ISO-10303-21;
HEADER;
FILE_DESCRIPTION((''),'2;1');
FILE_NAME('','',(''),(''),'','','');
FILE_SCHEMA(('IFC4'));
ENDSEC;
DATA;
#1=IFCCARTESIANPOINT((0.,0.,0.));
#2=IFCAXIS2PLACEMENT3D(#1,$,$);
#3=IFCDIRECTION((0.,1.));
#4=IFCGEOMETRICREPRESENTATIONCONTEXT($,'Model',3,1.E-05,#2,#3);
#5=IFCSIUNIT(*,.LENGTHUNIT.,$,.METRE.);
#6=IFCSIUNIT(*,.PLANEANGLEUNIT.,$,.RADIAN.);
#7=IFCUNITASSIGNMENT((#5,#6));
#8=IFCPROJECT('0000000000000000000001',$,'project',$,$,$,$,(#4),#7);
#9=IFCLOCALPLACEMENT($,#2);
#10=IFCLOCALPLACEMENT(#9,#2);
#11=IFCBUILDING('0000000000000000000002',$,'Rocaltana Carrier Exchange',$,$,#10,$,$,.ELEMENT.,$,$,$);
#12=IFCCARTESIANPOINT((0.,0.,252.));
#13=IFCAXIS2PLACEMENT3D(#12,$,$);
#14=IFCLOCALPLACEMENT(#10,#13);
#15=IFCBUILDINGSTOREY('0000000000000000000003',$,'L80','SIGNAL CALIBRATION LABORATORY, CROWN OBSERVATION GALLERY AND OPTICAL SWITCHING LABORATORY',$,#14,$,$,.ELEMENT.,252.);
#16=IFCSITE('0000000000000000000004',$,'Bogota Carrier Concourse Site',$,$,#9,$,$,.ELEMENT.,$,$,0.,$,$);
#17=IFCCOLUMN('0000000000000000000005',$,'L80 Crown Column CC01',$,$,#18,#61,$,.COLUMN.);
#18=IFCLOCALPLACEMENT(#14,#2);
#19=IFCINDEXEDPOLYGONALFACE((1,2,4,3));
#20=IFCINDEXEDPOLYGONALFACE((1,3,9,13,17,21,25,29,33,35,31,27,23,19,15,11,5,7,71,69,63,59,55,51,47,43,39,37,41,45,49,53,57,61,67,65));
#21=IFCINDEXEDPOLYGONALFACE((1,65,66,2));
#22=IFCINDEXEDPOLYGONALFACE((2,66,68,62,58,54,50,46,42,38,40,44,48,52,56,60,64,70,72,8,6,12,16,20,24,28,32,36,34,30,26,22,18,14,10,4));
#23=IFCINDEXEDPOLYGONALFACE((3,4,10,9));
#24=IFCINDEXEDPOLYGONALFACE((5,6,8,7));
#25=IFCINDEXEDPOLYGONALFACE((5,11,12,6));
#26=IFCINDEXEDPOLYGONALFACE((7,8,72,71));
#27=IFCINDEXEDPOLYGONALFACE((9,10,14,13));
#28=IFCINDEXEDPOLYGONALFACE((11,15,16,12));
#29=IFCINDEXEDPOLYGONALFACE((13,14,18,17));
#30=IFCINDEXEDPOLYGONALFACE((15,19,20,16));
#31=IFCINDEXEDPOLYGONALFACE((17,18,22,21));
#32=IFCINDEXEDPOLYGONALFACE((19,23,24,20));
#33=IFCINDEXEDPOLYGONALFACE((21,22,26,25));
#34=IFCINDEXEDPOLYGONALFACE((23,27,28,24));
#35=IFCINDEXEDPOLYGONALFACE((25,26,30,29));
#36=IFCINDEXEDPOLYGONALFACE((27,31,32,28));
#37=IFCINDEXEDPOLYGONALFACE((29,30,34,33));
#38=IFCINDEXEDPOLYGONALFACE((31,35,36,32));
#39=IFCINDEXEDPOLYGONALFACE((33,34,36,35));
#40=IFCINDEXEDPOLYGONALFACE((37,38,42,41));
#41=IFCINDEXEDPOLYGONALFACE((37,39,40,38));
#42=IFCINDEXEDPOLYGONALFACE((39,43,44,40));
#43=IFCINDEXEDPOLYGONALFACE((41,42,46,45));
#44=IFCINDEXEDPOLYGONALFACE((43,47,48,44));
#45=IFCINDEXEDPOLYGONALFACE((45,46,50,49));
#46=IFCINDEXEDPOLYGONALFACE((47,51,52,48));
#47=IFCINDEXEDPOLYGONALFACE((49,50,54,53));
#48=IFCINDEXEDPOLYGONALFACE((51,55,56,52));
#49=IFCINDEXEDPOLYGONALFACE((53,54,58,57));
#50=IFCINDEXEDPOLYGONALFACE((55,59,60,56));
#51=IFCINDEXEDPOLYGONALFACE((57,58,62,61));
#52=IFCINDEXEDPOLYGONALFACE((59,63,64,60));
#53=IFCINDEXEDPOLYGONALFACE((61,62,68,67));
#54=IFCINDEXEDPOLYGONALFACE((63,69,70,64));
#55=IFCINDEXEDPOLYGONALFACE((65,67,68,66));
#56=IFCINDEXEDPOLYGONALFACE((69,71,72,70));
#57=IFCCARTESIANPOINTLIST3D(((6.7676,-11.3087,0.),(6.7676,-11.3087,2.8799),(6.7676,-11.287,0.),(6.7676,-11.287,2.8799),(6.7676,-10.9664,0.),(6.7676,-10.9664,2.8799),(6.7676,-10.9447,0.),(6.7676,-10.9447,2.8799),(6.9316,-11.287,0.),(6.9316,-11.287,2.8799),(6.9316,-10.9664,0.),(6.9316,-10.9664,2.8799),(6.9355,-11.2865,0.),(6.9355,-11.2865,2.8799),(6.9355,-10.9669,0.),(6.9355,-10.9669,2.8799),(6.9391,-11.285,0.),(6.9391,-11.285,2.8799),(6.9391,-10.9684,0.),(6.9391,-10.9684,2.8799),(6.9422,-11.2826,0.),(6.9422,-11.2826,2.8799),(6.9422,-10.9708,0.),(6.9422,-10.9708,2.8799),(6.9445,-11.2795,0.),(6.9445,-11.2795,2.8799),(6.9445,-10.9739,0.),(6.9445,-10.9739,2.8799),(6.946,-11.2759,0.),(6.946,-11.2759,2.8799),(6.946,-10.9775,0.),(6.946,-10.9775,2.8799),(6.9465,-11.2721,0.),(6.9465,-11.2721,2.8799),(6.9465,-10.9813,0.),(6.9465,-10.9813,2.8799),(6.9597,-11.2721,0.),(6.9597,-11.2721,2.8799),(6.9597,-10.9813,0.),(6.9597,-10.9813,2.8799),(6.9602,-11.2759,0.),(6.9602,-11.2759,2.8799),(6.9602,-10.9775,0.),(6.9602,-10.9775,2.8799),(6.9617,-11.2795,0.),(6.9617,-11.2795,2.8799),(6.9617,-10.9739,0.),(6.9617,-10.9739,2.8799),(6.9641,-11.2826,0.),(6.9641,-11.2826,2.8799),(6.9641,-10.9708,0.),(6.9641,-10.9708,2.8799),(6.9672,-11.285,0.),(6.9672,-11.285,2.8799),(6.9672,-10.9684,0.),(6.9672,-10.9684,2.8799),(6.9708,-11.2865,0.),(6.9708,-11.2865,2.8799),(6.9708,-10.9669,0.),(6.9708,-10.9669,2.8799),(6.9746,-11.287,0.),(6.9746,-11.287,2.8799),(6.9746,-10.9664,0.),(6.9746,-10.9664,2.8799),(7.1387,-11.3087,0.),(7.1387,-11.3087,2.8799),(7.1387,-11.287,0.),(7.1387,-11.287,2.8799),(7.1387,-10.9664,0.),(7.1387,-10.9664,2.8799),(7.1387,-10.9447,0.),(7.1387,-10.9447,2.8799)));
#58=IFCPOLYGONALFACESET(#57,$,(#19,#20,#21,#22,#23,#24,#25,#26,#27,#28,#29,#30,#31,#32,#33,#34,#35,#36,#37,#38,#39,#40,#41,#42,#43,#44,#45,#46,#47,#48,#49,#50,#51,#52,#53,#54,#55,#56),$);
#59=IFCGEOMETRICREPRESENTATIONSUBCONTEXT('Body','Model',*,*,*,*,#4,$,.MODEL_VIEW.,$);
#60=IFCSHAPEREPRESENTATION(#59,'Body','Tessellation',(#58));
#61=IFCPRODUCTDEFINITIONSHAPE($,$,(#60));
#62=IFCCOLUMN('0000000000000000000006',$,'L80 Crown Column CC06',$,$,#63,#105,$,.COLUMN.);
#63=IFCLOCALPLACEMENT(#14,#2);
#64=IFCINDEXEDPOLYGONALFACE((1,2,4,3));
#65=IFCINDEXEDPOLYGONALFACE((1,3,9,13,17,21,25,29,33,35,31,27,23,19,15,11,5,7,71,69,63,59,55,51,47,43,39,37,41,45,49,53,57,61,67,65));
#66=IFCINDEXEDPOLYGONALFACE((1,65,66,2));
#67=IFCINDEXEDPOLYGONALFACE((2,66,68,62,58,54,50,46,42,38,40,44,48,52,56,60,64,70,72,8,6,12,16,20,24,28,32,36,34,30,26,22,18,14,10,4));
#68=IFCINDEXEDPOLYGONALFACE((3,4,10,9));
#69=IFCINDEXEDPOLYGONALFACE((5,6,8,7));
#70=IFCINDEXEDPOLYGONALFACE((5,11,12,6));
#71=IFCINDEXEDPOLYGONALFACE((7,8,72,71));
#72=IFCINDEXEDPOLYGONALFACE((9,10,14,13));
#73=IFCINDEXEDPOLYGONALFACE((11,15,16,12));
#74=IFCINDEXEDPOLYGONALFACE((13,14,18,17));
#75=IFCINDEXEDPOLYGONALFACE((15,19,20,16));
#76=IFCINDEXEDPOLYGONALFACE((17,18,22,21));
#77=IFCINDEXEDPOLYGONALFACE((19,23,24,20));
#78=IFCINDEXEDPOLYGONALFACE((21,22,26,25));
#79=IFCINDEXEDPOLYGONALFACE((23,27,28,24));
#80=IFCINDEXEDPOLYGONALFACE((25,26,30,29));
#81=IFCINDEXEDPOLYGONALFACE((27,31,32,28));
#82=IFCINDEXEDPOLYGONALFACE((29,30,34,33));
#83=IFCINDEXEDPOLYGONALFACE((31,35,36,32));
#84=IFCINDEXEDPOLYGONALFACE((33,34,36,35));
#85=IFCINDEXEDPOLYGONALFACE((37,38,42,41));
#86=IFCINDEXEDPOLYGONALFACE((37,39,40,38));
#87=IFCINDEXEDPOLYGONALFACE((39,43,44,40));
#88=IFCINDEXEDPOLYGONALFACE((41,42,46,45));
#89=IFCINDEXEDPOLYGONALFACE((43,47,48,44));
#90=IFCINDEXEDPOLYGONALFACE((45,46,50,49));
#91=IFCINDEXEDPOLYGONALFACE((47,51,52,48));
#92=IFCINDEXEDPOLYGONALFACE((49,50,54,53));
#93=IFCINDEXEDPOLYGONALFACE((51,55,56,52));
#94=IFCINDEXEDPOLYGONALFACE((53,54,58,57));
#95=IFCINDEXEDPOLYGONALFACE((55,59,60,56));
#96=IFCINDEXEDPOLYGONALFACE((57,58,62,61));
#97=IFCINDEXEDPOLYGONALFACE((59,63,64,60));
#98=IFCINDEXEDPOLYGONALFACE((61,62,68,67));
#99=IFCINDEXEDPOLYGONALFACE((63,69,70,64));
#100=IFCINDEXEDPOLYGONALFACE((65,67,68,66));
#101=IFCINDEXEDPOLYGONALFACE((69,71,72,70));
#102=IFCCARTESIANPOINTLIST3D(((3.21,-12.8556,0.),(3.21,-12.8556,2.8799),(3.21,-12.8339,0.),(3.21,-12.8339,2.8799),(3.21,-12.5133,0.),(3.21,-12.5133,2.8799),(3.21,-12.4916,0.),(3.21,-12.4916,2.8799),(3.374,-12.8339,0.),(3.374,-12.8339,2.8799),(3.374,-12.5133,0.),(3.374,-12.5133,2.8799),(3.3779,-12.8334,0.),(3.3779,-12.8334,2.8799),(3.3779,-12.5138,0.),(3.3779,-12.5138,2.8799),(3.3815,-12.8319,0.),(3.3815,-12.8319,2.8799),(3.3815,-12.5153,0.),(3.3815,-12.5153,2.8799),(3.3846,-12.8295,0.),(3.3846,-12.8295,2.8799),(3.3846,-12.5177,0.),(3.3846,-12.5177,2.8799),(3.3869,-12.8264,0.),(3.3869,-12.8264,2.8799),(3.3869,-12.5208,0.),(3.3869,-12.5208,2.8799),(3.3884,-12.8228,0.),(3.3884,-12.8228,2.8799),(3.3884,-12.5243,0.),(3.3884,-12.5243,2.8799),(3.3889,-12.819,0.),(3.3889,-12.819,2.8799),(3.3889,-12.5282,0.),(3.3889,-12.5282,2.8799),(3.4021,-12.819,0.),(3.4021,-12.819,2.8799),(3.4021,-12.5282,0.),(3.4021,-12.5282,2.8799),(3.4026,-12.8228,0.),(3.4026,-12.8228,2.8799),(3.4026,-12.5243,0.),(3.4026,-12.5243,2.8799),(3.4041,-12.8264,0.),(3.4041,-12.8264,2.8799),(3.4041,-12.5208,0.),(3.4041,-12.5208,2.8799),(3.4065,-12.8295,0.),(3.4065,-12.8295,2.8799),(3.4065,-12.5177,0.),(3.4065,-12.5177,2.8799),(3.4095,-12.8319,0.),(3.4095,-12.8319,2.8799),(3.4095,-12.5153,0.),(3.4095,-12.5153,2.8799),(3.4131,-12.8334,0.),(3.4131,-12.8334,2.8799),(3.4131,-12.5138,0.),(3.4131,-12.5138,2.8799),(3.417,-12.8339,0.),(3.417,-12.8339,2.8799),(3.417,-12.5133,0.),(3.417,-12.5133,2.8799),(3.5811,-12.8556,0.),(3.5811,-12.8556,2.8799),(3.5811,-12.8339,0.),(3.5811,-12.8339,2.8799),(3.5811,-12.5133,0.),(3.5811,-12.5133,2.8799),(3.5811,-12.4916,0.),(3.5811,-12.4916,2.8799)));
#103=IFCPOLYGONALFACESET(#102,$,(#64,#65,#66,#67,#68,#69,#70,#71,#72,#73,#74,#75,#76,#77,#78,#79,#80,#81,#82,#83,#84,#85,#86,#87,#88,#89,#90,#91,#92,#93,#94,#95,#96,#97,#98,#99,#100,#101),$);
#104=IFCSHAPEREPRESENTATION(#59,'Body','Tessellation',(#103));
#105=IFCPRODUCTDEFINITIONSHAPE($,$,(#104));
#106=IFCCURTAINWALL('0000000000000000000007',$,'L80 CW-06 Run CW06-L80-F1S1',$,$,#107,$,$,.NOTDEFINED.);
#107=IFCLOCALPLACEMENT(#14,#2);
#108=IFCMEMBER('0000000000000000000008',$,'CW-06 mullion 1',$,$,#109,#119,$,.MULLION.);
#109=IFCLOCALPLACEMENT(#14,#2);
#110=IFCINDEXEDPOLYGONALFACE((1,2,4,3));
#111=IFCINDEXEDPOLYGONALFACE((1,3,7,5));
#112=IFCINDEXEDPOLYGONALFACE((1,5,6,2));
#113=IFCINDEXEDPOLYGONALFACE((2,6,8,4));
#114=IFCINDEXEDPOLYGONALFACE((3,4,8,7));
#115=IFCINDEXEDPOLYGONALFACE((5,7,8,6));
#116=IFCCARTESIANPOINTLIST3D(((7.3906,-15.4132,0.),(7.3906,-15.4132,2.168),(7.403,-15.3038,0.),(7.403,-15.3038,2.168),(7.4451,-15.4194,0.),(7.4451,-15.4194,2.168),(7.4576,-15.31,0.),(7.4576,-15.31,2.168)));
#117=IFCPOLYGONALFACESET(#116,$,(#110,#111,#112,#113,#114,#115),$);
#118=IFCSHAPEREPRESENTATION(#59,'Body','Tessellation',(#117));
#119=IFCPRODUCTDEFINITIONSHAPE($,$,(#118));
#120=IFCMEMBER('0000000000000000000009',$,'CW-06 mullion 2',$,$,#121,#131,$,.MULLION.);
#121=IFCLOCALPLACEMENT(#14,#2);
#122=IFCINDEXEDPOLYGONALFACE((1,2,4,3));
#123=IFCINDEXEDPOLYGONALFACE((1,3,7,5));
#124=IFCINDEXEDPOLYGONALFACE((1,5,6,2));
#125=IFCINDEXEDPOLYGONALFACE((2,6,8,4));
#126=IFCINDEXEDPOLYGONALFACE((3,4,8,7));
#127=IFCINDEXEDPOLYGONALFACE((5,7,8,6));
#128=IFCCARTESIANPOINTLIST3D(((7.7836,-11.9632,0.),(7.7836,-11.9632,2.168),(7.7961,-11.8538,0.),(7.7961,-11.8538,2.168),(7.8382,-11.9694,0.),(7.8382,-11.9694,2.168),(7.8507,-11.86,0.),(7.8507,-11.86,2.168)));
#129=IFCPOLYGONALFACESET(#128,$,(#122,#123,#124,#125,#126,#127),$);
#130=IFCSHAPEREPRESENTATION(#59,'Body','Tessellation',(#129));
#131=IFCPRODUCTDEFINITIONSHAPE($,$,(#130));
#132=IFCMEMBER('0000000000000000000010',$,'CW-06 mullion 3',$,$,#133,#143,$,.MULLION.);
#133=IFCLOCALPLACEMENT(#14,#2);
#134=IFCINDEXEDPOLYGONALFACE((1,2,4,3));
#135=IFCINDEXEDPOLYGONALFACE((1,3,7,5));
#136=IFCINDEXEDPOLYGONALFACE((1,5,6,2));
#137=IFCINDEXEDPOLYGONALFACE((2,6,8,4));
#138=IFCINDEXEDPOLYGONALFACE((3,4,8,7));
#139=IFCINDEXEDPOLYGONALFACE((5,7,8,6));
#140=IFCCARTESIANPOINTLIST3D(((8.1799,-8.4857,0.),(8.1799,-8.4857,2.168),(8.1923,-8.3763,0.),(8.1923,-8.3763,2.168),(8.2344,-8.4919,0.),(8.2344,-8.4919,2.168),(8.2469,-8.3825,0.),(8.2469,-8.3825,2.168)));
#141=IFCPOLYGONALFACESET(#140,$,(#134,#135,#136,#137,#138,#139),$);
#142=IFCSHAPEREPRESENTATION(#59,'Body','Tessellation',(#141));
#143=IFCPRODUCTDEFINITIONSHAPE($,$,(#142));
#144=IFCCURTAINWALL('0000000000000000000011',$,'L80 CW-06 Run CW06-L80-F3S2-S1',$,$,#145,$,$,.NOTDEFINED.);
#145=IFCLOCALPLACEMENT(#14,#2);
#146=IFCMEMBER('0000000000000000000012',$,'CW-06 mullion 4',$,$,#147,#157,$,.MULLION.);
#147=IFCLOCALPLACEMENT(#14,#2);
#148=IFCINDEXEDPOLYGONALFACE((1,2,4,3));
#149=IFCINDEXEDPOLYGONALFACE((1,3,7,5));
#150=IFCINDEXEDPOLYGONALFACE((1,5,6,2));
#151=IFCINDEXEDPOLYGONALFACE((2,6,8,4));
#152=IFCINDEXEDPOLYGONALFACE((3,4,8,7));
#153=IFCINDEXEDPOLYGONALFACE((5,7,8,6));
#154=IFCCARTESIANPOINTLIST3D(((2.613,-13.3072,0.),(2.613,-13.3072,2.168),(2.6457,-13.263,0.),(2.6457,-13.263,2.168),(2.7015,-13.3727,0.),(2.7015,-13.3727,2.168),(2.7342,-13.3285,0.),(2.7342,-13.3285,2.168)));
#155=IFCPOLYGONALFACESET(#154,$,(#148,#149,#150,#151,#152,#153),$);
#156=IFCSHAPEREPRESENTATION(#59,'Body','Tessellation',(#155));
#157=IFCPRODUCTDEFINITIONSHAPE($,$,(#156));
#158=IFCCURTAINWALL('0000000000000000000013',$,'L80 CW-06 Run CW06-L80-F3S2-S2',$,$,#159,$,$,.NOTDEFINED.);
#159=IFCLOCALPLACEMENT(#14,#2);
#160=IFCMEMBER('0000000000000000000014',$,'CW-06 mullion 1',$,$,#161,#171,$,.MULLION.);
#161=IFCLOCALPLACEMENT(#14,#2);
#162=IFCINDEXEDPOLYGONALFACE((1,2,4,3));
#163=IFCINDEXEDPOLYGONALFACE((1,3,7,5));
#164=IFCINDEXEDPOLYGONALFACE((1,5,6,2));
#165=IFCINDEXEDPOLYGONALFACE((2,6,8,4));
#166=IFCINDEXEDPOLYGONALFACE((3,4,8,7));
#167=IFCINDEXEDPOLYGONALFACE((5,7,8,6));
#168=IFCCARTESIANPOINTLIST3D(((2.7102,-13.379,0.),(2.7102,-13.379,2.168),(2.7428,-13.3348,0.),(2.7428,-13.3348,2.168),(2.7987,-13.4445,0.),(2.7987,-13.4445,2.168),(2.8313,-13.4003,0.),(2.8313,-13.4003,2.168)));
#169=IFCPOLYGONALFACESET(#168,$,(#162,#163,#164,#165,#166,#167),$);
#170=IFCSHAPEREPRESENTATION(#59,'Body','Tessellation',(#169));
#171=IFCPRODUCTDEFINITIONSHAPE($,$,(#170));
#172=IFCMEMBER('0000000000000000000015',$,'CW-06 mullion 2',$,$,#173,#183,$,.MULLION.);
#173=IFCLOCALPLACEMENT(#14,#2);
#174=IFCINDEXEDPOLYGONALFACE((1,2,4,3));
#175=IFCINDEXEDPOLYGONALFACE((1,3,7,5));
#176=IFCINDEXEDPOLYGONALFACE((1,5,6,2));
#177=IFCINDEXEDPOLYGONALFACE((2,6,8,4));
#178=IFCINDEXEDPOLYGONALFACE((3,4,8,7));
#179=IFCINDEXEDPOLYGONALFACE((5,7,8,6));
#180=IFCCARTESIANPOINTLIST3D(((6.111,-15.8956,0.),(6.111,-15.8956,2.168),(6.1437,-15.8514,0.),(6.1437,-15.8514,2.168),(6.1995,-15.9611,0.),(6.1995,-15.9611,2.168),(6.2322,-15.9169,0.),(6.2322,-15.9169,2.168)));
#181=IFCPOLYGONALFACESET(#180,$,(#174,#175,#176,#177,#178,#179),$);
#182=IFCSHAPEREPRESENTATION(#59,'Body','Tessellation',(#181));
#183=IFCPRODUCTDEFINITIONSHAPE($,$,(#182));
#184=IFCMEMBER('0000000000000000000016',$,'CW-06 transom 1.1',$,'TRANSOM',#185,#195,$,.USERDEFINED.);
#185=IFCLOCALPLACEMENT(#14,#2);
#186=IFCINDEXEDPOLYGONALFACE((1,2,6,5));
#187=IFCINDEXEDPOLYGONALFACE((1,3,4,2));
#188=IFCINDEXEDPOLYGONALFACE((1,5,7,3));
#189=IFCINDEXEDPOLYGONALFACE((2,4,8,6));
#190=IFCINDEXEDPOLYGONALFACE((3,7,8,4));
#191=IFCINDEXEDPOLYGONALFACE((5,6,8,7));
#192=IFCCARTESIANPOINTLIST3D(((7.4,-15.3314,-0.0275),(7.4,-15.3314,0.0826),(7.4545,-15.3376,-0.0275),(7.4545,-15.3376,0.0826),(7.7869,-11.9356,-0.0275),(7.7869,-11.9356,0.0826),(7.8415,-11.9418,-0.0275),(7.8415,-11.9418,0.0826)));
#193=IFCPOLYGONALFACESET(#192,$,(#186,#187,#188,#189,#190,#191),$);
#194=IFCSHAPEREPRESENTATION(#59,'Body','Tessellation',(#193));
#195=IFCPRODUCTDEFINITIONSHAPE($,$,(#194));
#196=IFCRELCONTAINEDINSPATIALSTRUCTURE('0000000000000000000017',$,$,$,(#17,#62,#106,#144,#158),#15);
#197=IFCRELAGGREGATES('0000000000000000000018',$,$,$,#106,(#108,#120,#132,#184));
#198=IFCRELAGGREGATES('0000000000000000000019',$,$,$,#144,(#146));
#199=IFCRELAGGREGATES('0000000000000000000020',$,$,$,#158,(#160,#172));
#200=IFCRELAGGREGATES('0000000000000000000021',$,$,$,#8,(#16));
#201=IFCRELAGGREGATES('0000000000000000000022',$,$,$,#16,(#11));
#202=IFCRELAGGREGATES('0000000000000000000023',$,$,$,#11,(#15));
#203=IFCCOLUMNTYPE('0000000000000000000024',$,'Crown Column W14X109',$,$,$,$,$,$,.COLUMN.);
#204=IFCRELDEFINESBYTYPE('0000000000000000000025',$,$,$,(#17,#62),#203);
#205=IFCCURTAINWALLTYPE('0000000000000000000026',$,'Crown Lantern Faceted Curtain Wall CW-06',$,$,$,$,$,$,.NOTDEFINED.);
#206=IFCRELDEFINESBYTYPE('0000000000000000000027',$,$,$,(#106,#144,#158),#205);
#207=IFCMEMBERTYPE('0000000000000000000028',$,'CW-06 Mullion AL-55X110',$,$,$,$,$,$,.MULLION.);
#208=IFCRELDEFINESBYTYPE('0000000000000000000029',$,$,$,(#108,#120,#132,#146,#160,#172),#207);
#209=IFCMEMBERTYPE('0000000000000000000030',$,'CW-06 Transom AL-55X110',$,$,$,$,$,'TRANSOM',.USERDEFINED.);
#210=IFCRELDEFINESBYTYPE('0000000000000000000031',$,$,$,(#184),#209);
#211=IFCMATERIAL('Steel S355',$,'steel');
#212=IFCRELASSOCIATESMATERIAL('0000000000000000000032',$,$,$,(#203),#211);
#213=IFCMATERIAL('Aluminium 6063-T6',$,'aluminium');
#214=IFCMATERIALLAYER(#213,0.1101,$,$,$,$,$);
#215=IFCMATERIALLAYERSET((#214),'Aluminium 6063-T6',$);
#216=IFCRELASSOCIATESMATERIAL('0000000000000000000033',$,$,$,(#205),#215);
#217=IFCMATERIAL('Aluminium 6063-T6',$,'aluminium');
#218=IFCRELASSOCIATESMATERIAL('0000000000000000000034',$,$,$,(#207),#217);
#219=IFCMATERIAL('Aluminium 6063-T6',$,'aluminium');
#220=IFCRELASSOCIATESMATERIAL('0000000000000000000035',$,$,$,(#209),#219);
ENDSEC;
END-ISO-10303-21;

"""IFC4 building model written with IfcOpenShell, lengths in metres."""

from ifc_helpers import new_model, si_unit, direction, frame, origin, origin_2d, place, context, subcontext, project, spatial, rectangle, i_section, extrude, material, layer, layer_set, material_profile, profile_set, type_object, element, aggregate, save


model = new_model("IFC4")

# Units and contexts
model_context = context("Model", 3, precision=1e-05, world=origin(), true_north=direction((0.0, 1.0)))
body_context = subcontext(model_context, "Body", "Model", "MODEL_VIEW")
ifc_project = project(units=[si_unit("LENGTHUNIT", "METRE"), si_unit("PLANEANGLEUNIT", "RADIAN")], contexts=[model_context])

# Site, building, storey
site_placement = place(None, origin())
site = spatial("IfcSite", under=ifc_project, at=site_placement, Name="Bogota Carrier Concourse Site", CompositionType="ELEMENT", RefElevation=0.0)
building_placement = place(site_placement, origin())
building = spatial("IfcBuilding", under=site, at=building_placement, Name="Rocaltana Carrier Exchange", CompositionType="ELEMENT")
storey_placement = place(building_placement, frame((0.0, 0.0, 252.0)))
storey = spatial("IfcBuildingStorey", under=building, at=storey_placement, Name="L80", Description="SIGNAL CALIBRATION LABORATORY, CROWN OBSERVATION GALLERY AND OPTICAL SWITCHING LABORATORY", CompositionType="ELEMENT", Elevation=252.0)

# Columns
ifc_material_1 = material(Name="Steel S355", Category="steel")
ifc_material_profile_1 = material_profile(ifc_material_1, i_section(OverallWidth=0.3711, OverallDepth=0.364, WebThickness=0.0132, FlangeThickness=0.0217, FilletRadius=0.0149, at=origin_2d()), Name="W14X109")
ifc_profile_set_1 = profile_set([ifc_material_profile_1], Name="Steel S355")
column_type = type_object("IfcColumnType", Name="Crown Column W14X109", PredefinedType="COLUMN", material=ifc_profile_set_1)
for number, where, z_axis, x_axis, name in (
    (1, (6.9531, -11.1267, 0.0), (0.0, 0.0, 1.0), (1.0, 0.0, 0.0), "L80 Crown Column CC01"),
    (2, (3.3955, -12.6736, 0.0), (0.0, 0.0, 1.0), (1.0, 0.0, 0.0), "L80 Crown Column CC06"),
):
    element("IfcColumn", number, at=place(storey_placement, frame(where, z_axis=z_axis, x_axis=x_axis)), inside=storey, type_object=column_type, Name=name, PredefinedType="COLUMN", context=body_context, shape_type="SweptSolid", body=[
        extrude(i_section(OverallWidth=0.3711, OverallDepth=0.364, WebThickness=0.0132, FlangeThickness=0.0217, FilletRadius=0.0149, at=origin_2d()), origin(), (0.0, 0.0, 1.0), 2.8799),
    ])

# Curtain wall, members
ifc_material_2 = material(Name="Aluminium 6063-T6", Category="aluminium")
ifc_layer_1 = layer(ifc_material_2, 0.1101)
ifc_layer_set_1 = layer_set([ifc_layer_1], Name="Aluminium 6063-T6")
curtain_wall_type = type_object("IfcCurtainWallType", Name="Crown Lantern Faceted Curtain Wall CW-06", PredefinedType="NOTDEFINED", material=ifc_layer_set_1)
curtain_wall_1_placement = place(storey_placement, origin())
curtain_wall_1 = element("IfcCurtainWall", 3, at=curtain_wall_1_placement, inside=storey, type_object=curtain_wall_type, Name="L80 CW-06 Run CW06-L80-F1S1", PredefinedType="NOTDEFINED")
ifc_material_3 = material(Name="Aluminium 6063-T6", Category="aluminium")
ifc_material_profile_2 = material_profile(ifc_material_3, rectangle(XDim=0.0549, YDim=0.1101, at=origin_2d()), Name="AL-55X110")
ifc_profile_set_2 = profile_set([ifc_material_profile_2], Name="Aluminium 6063-T6")
member_type_1 = type_object("IfcMemberType", Name="CW-06 Mullion AL-55X110", PredefinedType="MULLION", material=ifc_profile_set_2)
member_1_placement = place(storey_placement, frame((7.4241, -15.3616, 0.0), z_axis=(0.0, 0.0, 1.0), x_axis=(-0.993572, 0.1132, 0.0)))
member_1 = element("IfcMember", 4, at=member_1_placement, type_object=member_type_1, Name="CW-06 mullion 1", PredefinedType="MULLION", context=body_context, shape_type="SweptSolid", body=[
    extrude(rectangle(XDim=0.0549, YDim=0.1101, at=origin_2d()), origin(), (0.0, 0.0, 1.0), 2.168),
])
member_2_placement = place(storey_placement, frame((7.8171, -11.9116, 0.0), z_axis=(0.0, 0.0, 1.0), x_axis=(-0.993572, 0.1132, 0.0)))
member_2 = element("IfcMember", 5, at=member_2_placement, type_object=member_type_1, Name="CW-06 mullion 2", PredefinedType="MULLION", context=body_context, shape_type="SweptSolid", body=[
    extrude(rectangle(XDim=0.0549, YDim=0.1101, at=origin_2d()), origin(), (0.0, 0.0, 1.0), 2.168),
])
member_3_placement = place(storey_placement, frame((8.2134, -8.4341, 0.0), z_axis=(0.0, 0.0, 1.0), x_axis=(-0.993572, 0.1132, 0.0)))
member_3 = element("IfcMember", 6, at=member_3_placement, type_object=member_type_1, Name="CW-06 mullion 3", PredefinedType="MULLION", context=body_context, shape_type="SweptSolid", body=[
    extrude(rectangle(XDim=0.0549, YDim=0.1101, at=origin_2d()), origin(), (0.0, 0.0, 1.0), 2.168),
])

# Curtain wall, member
curtain_wall_2_placement = place(storey_placement, origin())
curtain_wall_2 = element("IfcCurtainWall", 7, at=curtain_wall_2_placement, inside=storey, type_object=curtain_wall_type, Name="L80 CW-06 Run CW06-L80-F3S2-S1", PredefinedType="NOTDEFINED")
member_4_placement = place(storey_placement, frame((2.6736, -13.3179, 0.0), z_axis=(0.0, 0.0, 1.0), x_axis=(0.594825, 0.803855, 0.0)))
member_4 = element("IfcMember", 8, at=member_4_placement, type_object=member_type_1, Name="CW-06 mullion 4", PredefinedType="MULLION", context=body_context, shape_type="SweptSolid", body=[
    extrude(rectangle(XDim=0.0549, YDim=0.1101, at=origin_2d()), origin(), (0.0, 0.0, 1.0), 2.168),
])

# Curtain wall, members
curtain_wall_3_placement = place(storey_placement, origin())
curtain_wall_3 = element("IfcCurtainWall", 9, at=curtain_wall_3_placement, inside=storey, type_object=curtain_wall_type, Name="L80 CW-06 Run CW06-L80-F3S2-S2", PredefinedType="NOTDEFINED")
member_5_placement = place(storey_placement, frame((2.7708, -13.3896, 0.0), z_axis=(0.0, 0.0, 1.0), x_axis=(0.594817, 0.803861, 0.0)))
member_5 = element("IfcMember", 10, at=member_5_placement, type_object=member_type_1, Name="CW-06 mullion 1", PredefinedType="MULLION", context=body_context, shape_type="SweptSolid", body=[
    extrude(rectangle(XDim=0.0549, YDim=0.1101, at=origin_2d()), origin(), (0.0, 0.0, 1.0), 2.168),
])
member_6_placement = place(storey_placement, frame((6.1716, -15.9062, 0.0), z_axis=(0.0, 0.0, 1.0), x_axis=(0.594817, 0.803861, 0.0)))
member_6 = element("IfcMember", 11, at=member_6_placement, type_object=member_type_1, Name="CW-06 mullion 2", PredefinedType="MULLION", context=body_context, shape_type="SweptSolid", body=[
    extrude(rectangle(XDim=0.0549, YDim=0.1101, at=origin_2d()), origin(), (0.0, 0.0, 1.0), 2.168),
])

# Member
ifc_material_4 = material(Name="Aluminium 6063-T6", Category="aluminium")
ifc_material_profile_3 = material_profile(ifc_material_4, rectangle(XDim=0.0549, YDim=0.1101, at=origin_2d()), Name="AL-55X110")
ifc_profile_set_3 = profile_set([ifc_material_profile_3], Name="Aluminium 6063-T6")
member_type_2 = type_object("IfcMemberType", Name="CW-06 Transom AL-55X110", ElementType="TRANSOM", PredefinedType="USERDEFINED", material=ifc_profile_set_3)
member_7_placement = place(storey_placement, frame((7.4272, -15.3345, 0.0276), z_axis=(0.113222, 0.99357, 0.0), x_axis=(-0.99357, 0.113222, 0.0)))
member_7 = element("IfcMember", 12, at=member_7_placement, type_object=member_type_2, Name="CW-06 transom 1.1", ObjectType="TRANSOM", PredefinedType="USERDEFINED", context=body_context, shape_type="SweptSolid", body=[
    extrude(rectangle(XDim=0.0549, YDim=0.1101, at=origin_2d()), origin(), (0.0, 0.0, 1.0), 3.4177),
])

aggregate(curtain_wall_1, [member_1, member_2, member_3, member_7])
aggregate(curtain_wall_2, [member_4])
aggregate(curtain_wall_3, [member_5, member_6])

save(model, "model.ifc")
